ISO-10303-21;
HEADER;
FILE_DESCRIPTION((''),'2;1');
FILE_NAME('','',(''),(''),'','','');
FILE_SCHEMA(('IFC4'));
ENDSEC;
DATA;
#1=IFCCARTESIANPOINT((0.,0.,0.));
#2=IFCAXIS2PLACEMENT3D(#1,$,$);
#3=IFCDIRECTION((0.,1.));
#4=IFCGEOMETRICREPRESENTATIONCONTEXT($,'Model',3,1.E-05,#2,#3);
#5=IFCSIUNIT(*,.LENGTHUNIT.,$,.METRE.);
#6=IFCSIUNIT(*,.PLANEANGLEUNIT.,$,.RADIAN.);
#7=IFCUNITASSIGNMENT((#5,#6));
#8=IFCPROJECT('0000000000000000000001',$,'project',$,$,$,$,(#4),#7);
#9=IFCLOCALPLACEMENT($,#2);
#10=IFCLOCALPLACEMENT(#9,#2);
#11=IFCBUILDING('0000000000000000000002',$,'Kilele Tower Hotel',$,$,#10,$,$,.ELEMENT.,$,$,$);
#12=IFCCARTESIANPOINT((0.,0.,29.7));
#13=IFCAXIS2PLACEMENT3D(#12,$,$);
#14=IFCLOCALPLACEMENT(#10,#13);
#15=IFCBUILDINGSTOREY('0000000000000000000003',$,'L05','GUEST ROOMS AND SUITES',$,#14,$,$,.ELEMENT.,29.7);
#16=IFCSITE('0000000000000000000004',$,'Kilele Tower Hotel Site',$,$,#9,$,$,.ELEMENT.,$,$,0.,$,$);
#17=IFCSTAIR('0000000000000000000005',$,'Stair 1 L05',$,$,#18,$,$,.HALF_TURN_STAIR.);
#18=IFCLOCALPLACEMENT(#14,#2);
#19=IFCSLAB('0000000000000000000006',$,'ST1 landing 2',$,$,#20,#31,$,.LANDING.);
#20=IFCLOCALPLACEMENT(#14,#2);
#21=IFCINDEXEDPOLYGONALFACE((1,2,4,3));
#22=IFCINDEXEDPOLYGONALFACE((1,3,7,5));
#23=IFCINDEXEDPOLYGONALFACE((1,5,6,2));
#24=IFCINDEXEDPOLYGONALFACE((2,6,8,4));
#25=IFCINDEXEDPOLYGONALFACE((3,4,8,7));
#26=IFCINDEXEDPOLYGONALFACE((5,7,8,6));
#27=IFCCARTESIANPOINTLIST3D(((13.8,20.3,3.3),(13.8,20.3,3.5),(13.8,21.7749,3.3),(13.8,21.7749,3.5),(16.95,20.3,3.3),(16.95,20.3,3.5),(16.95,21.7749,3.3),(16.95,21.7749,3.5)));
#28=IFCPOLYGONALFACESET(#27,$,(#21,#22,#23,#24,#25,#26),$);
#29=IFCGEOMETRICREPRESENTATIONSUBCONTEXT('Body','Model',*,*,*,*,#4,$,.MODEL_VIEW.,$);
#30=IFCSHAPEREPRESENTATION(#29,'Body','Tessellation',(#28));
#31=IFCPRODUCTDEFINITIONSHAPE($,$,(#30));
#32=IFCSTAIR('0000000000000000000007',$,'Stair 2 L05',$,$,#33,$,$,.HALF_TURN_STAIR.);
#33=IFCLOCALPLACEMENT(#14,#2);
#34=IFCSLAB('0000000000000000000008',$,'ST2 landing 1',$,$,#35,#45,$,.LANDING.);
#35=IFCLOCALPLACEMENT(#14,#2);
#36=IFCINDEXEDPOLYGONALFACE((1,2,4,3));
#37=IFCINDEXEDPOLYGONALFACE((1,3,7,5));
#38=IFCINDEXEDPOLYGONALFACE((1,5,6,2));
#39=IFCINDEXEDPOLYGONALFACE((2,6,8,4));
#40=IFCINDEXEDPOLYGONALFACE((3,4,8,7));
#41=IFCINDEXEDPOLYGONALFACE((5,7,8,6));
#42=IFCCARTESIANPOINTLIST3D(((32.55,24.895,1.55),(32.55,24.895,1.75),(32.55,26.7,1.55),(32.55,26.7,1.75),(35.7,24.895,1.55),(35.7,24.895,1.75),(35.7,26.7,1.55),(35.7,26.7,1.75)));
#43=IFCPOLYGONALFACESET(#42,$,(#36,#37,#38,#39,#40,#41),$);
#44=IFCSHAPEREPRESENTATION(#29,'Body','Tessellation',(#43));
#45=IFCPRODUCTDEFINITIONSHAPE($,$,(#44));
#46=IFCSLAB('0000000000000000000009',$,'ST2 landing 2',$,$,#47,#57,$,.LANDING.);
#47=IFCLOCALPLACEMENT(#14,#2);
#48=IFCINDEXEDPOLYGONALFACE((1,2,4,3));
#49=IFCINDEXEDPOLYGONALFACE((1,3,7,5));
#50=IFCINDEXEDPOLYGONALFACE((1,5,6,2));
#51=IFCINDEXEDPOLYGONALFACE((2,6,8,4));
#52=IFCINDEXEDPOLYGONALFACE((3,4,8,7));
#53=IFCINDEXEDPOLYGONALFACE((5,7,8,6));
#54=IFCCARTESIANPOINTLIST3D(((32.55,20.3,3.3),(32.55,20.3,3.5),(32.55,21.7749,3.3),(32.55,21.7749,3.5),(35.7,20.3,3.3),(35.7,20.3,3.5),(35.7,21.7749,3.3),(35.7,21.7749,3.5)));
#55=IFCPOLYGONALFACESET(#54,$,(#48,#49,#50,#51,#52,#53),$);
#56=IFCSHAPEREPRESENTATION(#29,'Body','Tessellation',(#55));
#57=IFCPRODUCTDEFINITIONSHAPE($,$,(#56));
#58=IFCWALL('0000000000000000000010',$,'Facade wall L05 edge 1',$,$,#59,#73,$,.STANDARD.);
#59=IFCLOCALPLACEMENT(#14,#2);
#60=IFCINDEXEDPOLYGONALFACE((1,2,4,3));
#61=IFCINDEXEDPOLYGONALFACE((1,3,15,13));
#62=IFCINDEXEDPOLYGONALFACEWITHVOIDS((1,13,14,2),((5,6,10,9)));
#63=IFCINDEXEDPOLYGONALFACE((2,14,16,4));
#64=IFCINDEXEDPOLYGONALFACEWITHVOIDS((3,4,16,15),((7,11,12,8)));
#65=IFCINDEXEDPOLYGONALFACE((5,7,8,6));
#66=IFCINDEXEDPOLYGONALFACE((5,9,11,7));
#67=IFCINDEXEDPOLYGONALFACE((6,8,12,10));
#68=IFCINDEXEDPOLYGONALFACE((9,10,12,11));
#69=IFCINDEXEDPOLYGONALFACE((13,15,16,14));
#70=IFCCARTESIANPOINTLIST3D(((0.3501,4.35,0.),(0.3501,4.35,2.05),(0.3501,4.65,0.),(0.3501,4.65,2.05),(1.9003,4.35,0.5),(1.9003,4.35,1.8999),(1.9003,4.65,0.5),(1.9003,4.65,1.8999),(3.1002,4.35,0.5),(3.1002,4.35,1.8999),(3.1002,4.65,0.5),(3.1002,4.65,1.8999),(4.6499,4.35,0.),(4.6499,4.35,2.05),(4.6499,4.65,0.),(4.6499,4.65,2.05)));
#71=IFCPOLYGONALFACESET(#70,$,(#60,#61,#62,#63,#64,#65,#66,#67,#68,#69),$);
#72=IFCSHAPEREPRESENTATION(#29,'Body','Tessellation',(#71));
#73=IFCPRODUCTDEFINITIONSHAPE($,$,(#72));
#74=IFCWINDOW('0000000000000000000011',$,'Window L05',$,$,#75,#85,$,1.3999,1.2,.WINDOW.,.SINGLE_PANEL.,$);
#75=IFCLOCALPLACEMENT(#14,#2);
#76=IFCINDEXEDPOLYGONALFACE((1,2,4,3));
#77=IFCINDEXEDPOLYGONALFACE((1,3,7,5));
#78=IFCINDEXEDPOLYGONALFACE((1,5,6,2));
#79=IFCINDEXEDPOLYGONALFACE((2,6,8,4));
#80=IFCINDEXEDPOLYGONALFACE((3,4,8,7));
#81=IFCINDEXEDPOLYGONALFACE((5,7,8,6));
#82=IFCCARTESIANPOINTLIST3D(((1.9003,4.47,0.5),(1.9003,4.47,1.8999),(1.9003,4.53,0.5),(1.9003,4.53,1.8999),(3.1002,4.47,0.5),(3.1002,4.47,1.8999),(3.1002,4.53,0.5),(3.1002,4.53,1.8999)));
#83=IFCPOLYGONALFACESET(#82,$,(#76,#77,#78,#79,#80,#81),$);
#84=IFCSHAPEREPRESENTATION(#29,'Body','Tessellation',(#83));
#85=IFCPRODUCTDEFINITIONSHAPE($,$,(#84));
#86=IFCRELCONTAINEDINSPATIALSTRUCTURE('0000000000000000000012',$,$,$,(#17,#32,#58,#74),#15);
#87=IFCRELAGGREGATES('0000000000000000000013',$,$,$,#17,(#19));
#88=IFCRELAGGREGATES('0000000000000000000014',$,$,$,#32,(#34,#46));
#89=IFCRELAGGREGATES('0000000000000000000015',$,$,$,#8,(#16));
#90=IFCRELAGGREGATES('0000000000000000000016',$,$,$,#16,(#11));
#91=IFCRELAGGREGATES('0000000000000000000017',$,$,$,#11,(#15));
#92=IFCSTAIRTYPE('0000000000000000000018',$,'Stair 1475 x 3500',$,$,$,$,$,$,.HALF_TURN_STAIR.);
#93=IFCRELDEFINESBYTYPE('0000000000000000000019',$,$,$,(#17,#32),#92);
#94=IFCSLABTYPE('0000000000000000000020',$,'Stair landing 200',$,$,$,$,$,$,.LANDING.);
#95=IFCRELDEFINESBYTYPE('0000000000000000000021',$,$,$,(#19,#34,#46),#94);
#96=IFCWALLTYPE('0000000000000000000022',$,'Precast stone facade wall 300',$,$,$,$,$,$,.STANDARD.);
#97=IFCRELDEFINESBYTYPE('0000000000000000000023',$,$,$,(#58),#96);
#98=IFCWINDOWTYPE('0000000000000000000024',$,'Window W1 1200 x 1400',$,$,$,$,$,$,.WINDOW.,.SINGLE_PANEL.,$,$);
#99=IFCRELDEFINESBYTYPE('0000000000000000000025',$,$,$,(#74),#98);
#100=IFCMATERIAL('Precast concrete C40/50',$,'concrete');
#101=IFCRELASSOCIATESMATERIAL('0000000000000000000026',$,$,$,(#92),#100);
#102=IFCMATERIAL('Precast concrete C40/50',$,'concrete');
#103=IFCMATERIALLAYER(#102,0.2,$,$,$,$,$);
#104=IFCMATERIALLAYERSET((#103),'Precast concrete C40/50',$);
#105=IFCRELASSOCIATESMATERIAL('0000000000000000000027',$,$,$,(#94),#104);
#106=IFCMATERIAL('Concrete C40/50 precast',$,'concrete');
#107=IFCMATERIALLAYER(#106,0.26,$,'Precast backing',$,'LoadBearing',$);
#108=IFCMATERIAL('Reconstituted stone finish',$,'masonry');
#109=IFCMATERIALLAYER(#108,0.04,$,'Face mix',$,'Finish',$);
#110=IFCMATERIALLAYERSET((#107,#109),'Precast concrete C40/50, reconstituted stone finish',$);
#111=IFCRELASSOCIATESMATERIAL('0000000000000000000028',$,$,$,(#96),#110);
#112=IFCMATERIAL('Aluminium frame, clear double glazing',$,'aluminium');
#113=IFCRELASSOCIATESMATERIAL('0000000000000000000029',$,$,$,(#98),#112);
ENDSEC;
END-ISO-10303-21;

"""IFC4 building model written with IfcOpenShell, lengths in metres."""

from ifc_helpers import new_model, si_unit, direction, frame, frame_2d, origin, place, context, subcontext, project, spatial, polyline, rectangle, outline, extrude, material, layer, layer_set, type_object, element, fill, aggregate, save


model = new_model("IFC4")

# Units and contexts
model_context = context("Model", 3, precision=1e-05, world=origin(), true_north=direction((0.0, 1.0)))
body_context = subcontext(model_context, "Body", "Model", "MODEL_VIEW")
ifc_project = project(units=[si_unit("LENGTHUNIT", "METRE"), si_unit("PLANEANGLEUNIT", "RADIAN")], contexts=[model_context])

# Site, building, storey
site_placement = place(None, origin())
site = spatial("IfcSite", under=ifc_project, at=site_placement, Name="Kilele Tower Hotel Site", CompositionType="ELEMENT", RefElevation=0.0)
building_placement = place(site_placement, origin())
building = spatial("IfcBuilding", under=site, at=building_placement, Name="Kilele Tower Hotel", CompositionType="ELEMENT")
storey_placement = place(building_placement, frame((0.0, 0.0, 29.7)))
storey = spatial("IfcBuildingStorey", under=building, at=storey_placement, Name="L05", Description="GUEST ROOMS AND SUITES", CompositionType="ELEMENT", Elevation=29.7)

# Stairs, slabs
ifc_material_1 = material(Name="Precast concrete C40/50", Category="concrete")
stair_type = type_object("IfcStairType", Name="Stair 1475 x 3500", PredefinedType="HALF_TURN_STAIR", material=ifc_material_1)
stair_1_placement = place(storey_placement, origin())
stair_1 = element("IfcStair", 1, at=stair_1_placement, inside=storey, type_object=stair_type, Name="Stair 1 L05", PredefinedType="HALF_TURN_STAIR")
ifc_material_2 = material(Name="Precast concrete C40/50", Category="concrete")
ifc_layer_1 = layer(ifc_material_2, 0.2)
ifc_layer_set_1 = layer_set([ifc_layer_1], Name="Precast concrete C40/50")
slab_type_1 = type_object("IfcSlabType", Name="Stair landing 200", PredefinedType="LANDING", material=ifc_layer_set_1)
slab_1_placement = place(storey_placement, frame((0.0, 0.0, 3.3)))
slab_1 = element("IfcSlab", 2, at=slab_1_placement, type_object=slab_type_1, Name="ST1 landing 2", PredefinedType="LANDING", context=body_context, shape_type="SweptSolid", body=[
    extrude(outline(polyline([(13.8, 20.3), (16.95, 20.3), (16.95, 21.7749), (13.8, 21.7749), (13.8, 20.3)])), origin(), (0.0, 0.0, 1.0), 0.2),
])
aggregate(stair_1, [slab_1])
stair_2_placement = place(storey_placement, origin())
stair_2 = element("IfcStair", 3, at=stair_2_placement, inside=storey, type_object=stair_type, Name="Stair 2 L05", PredefinedType="HALF_TURN_STAIR")
slab_2_placement = place(storey_placement, frame((0.0, 0.0, 1.55)))
slab_2 = element("IfcSlab", 4, at=slab_2_placement, type_object=slab_type_1, Name="ST2 landing 1", PredefinedType="LANDING", context=body_context, shape_type="SweptSolid", body=[
    extrude(outline(polyline([(32.55, 24.895), (35.7, 24.895), (35.7, 26.7), (32.55, 26.7), (32.55, 24.895)])), origin(), (0.0, 0.0, 1.0), 0.2),
])
slab_3_placement = place(storey_placement, frame((0.0, 0.0, 3.3)))
slab_3 = element("IfcSlab", 5, at=slab_3_placement, type_object=slab_type_1, Name="ST2 landing 2", PredefinedType="LANDING", context=body_context, shape_type="SweptSolid", body=[
    extrude(outline(polyline([(32.55, 20.3), (35.7, 20.3), (35.7, 21.7749), (32.55, 21.7749), (32.55, 20.3)])), origin(), (0.0, 0.0, 1.0), 0.2),
])
aggregate(stair_2, [slab_2, slab_3])

# Wall, opening, window
ifc_material_3 = material(Name="Concrete C40/50 precast", Category="concrete")
ifc_layer_2 = layer(ifc_material_3, 0.26, Name="Precast backing", Category="LoadBearing")
ifc_material_4 = material(Name="Reconstituted stone finish", Category="masonry")
ifc_layer_3 = layer(ifc_material_4, 0.04, Name="Face mix", Category="Finish")
ifc_layer_set_2 = layer_set([ifc_layer_2, ifc_layer_3], Name="Precast concrete C40/50, reconstituted stone finish")
wall_type = type_object("IfcWallType", Name="Precast stone facade wall 300", PredefinedType="STANDARD", material=ifc_layer_set_2)
wall_1_placement = place(storey_placement, frame((0.3501, 4.5, 0.0), z_axis=(0.0, 0.0, 1.0), x_axis=(1.0, 0.0, 0.0)))
wall_1 = element("IfcWall", 6, at=wall_1_placement, inside=storey, type_object=wall_type, Name="Facade wall L05 edge 1", PredefinedType="STANDARD", context=body_context, shape_type="SweptSolid", body=[
    extrude(rectangle(XDim=4.2998, YDim=0.3, at=frame_2d((2.1499, 0.0))), origin(), (0.0, 0.0, 1.0), 2.05),
])
opening_1_placement = place(wall_1_placement, frame((1.55, 0.0, 0.5)))
opening_1 = element("IfcOpeningElement", 7, at=opening_1_placement, cuts=wall_1, PredefinedType="OPENING", context=body_context, shape_type="SweptSolid", body=[
    extrude(rectangle(XDim=1.2, YDim=1.3999, at=frame_2d((0.6001, 0.7))), frame((0.0, 0.1599, 0.0), z_axis=(0.0, -1.0, 0.0), x_axis=(1.0, 0.0, 0.0)), (0.0, 0.0, 1.0), 0.3201),
])
ifc_material_5 = material(Name="Aluminium frame, clear double glazing", Category="aluminium")
window_type_1 = type_object("IfcWindowType", Name="Window W1 1200 x 1400", PartitioningType="SINGLE_PANEL", PredefinedType="WINDOW", material=ifc_material_5)
window_1_placement = place(opening_1_placement, origin())
window_1 = element("IfcWindow", 8, at=window_1_placement, inside=storey, type_object=window_type_1, Name="Window L05", OverallHeight=1.3999, OverallWidth=1.2, PartitioningType="SINGLE_PANEL", PredefinedType="WINDOW", context=body_context, shape_type="SweptSolid", body=[
    extrude(rectangle(XDim=1.2, YDim=1.3999, at=frame_2d((0.6001, 0.7))), frame((0.0, 0.03, 0.0), z_axis=(0.0, -1.0, 0.0), x_axis=(1.0, 0.0, 0.0)), (0.0, 0.0, 1.0), 0.0601),
])
fill(opening_1, window_1)

save(model, "model.ifc")
